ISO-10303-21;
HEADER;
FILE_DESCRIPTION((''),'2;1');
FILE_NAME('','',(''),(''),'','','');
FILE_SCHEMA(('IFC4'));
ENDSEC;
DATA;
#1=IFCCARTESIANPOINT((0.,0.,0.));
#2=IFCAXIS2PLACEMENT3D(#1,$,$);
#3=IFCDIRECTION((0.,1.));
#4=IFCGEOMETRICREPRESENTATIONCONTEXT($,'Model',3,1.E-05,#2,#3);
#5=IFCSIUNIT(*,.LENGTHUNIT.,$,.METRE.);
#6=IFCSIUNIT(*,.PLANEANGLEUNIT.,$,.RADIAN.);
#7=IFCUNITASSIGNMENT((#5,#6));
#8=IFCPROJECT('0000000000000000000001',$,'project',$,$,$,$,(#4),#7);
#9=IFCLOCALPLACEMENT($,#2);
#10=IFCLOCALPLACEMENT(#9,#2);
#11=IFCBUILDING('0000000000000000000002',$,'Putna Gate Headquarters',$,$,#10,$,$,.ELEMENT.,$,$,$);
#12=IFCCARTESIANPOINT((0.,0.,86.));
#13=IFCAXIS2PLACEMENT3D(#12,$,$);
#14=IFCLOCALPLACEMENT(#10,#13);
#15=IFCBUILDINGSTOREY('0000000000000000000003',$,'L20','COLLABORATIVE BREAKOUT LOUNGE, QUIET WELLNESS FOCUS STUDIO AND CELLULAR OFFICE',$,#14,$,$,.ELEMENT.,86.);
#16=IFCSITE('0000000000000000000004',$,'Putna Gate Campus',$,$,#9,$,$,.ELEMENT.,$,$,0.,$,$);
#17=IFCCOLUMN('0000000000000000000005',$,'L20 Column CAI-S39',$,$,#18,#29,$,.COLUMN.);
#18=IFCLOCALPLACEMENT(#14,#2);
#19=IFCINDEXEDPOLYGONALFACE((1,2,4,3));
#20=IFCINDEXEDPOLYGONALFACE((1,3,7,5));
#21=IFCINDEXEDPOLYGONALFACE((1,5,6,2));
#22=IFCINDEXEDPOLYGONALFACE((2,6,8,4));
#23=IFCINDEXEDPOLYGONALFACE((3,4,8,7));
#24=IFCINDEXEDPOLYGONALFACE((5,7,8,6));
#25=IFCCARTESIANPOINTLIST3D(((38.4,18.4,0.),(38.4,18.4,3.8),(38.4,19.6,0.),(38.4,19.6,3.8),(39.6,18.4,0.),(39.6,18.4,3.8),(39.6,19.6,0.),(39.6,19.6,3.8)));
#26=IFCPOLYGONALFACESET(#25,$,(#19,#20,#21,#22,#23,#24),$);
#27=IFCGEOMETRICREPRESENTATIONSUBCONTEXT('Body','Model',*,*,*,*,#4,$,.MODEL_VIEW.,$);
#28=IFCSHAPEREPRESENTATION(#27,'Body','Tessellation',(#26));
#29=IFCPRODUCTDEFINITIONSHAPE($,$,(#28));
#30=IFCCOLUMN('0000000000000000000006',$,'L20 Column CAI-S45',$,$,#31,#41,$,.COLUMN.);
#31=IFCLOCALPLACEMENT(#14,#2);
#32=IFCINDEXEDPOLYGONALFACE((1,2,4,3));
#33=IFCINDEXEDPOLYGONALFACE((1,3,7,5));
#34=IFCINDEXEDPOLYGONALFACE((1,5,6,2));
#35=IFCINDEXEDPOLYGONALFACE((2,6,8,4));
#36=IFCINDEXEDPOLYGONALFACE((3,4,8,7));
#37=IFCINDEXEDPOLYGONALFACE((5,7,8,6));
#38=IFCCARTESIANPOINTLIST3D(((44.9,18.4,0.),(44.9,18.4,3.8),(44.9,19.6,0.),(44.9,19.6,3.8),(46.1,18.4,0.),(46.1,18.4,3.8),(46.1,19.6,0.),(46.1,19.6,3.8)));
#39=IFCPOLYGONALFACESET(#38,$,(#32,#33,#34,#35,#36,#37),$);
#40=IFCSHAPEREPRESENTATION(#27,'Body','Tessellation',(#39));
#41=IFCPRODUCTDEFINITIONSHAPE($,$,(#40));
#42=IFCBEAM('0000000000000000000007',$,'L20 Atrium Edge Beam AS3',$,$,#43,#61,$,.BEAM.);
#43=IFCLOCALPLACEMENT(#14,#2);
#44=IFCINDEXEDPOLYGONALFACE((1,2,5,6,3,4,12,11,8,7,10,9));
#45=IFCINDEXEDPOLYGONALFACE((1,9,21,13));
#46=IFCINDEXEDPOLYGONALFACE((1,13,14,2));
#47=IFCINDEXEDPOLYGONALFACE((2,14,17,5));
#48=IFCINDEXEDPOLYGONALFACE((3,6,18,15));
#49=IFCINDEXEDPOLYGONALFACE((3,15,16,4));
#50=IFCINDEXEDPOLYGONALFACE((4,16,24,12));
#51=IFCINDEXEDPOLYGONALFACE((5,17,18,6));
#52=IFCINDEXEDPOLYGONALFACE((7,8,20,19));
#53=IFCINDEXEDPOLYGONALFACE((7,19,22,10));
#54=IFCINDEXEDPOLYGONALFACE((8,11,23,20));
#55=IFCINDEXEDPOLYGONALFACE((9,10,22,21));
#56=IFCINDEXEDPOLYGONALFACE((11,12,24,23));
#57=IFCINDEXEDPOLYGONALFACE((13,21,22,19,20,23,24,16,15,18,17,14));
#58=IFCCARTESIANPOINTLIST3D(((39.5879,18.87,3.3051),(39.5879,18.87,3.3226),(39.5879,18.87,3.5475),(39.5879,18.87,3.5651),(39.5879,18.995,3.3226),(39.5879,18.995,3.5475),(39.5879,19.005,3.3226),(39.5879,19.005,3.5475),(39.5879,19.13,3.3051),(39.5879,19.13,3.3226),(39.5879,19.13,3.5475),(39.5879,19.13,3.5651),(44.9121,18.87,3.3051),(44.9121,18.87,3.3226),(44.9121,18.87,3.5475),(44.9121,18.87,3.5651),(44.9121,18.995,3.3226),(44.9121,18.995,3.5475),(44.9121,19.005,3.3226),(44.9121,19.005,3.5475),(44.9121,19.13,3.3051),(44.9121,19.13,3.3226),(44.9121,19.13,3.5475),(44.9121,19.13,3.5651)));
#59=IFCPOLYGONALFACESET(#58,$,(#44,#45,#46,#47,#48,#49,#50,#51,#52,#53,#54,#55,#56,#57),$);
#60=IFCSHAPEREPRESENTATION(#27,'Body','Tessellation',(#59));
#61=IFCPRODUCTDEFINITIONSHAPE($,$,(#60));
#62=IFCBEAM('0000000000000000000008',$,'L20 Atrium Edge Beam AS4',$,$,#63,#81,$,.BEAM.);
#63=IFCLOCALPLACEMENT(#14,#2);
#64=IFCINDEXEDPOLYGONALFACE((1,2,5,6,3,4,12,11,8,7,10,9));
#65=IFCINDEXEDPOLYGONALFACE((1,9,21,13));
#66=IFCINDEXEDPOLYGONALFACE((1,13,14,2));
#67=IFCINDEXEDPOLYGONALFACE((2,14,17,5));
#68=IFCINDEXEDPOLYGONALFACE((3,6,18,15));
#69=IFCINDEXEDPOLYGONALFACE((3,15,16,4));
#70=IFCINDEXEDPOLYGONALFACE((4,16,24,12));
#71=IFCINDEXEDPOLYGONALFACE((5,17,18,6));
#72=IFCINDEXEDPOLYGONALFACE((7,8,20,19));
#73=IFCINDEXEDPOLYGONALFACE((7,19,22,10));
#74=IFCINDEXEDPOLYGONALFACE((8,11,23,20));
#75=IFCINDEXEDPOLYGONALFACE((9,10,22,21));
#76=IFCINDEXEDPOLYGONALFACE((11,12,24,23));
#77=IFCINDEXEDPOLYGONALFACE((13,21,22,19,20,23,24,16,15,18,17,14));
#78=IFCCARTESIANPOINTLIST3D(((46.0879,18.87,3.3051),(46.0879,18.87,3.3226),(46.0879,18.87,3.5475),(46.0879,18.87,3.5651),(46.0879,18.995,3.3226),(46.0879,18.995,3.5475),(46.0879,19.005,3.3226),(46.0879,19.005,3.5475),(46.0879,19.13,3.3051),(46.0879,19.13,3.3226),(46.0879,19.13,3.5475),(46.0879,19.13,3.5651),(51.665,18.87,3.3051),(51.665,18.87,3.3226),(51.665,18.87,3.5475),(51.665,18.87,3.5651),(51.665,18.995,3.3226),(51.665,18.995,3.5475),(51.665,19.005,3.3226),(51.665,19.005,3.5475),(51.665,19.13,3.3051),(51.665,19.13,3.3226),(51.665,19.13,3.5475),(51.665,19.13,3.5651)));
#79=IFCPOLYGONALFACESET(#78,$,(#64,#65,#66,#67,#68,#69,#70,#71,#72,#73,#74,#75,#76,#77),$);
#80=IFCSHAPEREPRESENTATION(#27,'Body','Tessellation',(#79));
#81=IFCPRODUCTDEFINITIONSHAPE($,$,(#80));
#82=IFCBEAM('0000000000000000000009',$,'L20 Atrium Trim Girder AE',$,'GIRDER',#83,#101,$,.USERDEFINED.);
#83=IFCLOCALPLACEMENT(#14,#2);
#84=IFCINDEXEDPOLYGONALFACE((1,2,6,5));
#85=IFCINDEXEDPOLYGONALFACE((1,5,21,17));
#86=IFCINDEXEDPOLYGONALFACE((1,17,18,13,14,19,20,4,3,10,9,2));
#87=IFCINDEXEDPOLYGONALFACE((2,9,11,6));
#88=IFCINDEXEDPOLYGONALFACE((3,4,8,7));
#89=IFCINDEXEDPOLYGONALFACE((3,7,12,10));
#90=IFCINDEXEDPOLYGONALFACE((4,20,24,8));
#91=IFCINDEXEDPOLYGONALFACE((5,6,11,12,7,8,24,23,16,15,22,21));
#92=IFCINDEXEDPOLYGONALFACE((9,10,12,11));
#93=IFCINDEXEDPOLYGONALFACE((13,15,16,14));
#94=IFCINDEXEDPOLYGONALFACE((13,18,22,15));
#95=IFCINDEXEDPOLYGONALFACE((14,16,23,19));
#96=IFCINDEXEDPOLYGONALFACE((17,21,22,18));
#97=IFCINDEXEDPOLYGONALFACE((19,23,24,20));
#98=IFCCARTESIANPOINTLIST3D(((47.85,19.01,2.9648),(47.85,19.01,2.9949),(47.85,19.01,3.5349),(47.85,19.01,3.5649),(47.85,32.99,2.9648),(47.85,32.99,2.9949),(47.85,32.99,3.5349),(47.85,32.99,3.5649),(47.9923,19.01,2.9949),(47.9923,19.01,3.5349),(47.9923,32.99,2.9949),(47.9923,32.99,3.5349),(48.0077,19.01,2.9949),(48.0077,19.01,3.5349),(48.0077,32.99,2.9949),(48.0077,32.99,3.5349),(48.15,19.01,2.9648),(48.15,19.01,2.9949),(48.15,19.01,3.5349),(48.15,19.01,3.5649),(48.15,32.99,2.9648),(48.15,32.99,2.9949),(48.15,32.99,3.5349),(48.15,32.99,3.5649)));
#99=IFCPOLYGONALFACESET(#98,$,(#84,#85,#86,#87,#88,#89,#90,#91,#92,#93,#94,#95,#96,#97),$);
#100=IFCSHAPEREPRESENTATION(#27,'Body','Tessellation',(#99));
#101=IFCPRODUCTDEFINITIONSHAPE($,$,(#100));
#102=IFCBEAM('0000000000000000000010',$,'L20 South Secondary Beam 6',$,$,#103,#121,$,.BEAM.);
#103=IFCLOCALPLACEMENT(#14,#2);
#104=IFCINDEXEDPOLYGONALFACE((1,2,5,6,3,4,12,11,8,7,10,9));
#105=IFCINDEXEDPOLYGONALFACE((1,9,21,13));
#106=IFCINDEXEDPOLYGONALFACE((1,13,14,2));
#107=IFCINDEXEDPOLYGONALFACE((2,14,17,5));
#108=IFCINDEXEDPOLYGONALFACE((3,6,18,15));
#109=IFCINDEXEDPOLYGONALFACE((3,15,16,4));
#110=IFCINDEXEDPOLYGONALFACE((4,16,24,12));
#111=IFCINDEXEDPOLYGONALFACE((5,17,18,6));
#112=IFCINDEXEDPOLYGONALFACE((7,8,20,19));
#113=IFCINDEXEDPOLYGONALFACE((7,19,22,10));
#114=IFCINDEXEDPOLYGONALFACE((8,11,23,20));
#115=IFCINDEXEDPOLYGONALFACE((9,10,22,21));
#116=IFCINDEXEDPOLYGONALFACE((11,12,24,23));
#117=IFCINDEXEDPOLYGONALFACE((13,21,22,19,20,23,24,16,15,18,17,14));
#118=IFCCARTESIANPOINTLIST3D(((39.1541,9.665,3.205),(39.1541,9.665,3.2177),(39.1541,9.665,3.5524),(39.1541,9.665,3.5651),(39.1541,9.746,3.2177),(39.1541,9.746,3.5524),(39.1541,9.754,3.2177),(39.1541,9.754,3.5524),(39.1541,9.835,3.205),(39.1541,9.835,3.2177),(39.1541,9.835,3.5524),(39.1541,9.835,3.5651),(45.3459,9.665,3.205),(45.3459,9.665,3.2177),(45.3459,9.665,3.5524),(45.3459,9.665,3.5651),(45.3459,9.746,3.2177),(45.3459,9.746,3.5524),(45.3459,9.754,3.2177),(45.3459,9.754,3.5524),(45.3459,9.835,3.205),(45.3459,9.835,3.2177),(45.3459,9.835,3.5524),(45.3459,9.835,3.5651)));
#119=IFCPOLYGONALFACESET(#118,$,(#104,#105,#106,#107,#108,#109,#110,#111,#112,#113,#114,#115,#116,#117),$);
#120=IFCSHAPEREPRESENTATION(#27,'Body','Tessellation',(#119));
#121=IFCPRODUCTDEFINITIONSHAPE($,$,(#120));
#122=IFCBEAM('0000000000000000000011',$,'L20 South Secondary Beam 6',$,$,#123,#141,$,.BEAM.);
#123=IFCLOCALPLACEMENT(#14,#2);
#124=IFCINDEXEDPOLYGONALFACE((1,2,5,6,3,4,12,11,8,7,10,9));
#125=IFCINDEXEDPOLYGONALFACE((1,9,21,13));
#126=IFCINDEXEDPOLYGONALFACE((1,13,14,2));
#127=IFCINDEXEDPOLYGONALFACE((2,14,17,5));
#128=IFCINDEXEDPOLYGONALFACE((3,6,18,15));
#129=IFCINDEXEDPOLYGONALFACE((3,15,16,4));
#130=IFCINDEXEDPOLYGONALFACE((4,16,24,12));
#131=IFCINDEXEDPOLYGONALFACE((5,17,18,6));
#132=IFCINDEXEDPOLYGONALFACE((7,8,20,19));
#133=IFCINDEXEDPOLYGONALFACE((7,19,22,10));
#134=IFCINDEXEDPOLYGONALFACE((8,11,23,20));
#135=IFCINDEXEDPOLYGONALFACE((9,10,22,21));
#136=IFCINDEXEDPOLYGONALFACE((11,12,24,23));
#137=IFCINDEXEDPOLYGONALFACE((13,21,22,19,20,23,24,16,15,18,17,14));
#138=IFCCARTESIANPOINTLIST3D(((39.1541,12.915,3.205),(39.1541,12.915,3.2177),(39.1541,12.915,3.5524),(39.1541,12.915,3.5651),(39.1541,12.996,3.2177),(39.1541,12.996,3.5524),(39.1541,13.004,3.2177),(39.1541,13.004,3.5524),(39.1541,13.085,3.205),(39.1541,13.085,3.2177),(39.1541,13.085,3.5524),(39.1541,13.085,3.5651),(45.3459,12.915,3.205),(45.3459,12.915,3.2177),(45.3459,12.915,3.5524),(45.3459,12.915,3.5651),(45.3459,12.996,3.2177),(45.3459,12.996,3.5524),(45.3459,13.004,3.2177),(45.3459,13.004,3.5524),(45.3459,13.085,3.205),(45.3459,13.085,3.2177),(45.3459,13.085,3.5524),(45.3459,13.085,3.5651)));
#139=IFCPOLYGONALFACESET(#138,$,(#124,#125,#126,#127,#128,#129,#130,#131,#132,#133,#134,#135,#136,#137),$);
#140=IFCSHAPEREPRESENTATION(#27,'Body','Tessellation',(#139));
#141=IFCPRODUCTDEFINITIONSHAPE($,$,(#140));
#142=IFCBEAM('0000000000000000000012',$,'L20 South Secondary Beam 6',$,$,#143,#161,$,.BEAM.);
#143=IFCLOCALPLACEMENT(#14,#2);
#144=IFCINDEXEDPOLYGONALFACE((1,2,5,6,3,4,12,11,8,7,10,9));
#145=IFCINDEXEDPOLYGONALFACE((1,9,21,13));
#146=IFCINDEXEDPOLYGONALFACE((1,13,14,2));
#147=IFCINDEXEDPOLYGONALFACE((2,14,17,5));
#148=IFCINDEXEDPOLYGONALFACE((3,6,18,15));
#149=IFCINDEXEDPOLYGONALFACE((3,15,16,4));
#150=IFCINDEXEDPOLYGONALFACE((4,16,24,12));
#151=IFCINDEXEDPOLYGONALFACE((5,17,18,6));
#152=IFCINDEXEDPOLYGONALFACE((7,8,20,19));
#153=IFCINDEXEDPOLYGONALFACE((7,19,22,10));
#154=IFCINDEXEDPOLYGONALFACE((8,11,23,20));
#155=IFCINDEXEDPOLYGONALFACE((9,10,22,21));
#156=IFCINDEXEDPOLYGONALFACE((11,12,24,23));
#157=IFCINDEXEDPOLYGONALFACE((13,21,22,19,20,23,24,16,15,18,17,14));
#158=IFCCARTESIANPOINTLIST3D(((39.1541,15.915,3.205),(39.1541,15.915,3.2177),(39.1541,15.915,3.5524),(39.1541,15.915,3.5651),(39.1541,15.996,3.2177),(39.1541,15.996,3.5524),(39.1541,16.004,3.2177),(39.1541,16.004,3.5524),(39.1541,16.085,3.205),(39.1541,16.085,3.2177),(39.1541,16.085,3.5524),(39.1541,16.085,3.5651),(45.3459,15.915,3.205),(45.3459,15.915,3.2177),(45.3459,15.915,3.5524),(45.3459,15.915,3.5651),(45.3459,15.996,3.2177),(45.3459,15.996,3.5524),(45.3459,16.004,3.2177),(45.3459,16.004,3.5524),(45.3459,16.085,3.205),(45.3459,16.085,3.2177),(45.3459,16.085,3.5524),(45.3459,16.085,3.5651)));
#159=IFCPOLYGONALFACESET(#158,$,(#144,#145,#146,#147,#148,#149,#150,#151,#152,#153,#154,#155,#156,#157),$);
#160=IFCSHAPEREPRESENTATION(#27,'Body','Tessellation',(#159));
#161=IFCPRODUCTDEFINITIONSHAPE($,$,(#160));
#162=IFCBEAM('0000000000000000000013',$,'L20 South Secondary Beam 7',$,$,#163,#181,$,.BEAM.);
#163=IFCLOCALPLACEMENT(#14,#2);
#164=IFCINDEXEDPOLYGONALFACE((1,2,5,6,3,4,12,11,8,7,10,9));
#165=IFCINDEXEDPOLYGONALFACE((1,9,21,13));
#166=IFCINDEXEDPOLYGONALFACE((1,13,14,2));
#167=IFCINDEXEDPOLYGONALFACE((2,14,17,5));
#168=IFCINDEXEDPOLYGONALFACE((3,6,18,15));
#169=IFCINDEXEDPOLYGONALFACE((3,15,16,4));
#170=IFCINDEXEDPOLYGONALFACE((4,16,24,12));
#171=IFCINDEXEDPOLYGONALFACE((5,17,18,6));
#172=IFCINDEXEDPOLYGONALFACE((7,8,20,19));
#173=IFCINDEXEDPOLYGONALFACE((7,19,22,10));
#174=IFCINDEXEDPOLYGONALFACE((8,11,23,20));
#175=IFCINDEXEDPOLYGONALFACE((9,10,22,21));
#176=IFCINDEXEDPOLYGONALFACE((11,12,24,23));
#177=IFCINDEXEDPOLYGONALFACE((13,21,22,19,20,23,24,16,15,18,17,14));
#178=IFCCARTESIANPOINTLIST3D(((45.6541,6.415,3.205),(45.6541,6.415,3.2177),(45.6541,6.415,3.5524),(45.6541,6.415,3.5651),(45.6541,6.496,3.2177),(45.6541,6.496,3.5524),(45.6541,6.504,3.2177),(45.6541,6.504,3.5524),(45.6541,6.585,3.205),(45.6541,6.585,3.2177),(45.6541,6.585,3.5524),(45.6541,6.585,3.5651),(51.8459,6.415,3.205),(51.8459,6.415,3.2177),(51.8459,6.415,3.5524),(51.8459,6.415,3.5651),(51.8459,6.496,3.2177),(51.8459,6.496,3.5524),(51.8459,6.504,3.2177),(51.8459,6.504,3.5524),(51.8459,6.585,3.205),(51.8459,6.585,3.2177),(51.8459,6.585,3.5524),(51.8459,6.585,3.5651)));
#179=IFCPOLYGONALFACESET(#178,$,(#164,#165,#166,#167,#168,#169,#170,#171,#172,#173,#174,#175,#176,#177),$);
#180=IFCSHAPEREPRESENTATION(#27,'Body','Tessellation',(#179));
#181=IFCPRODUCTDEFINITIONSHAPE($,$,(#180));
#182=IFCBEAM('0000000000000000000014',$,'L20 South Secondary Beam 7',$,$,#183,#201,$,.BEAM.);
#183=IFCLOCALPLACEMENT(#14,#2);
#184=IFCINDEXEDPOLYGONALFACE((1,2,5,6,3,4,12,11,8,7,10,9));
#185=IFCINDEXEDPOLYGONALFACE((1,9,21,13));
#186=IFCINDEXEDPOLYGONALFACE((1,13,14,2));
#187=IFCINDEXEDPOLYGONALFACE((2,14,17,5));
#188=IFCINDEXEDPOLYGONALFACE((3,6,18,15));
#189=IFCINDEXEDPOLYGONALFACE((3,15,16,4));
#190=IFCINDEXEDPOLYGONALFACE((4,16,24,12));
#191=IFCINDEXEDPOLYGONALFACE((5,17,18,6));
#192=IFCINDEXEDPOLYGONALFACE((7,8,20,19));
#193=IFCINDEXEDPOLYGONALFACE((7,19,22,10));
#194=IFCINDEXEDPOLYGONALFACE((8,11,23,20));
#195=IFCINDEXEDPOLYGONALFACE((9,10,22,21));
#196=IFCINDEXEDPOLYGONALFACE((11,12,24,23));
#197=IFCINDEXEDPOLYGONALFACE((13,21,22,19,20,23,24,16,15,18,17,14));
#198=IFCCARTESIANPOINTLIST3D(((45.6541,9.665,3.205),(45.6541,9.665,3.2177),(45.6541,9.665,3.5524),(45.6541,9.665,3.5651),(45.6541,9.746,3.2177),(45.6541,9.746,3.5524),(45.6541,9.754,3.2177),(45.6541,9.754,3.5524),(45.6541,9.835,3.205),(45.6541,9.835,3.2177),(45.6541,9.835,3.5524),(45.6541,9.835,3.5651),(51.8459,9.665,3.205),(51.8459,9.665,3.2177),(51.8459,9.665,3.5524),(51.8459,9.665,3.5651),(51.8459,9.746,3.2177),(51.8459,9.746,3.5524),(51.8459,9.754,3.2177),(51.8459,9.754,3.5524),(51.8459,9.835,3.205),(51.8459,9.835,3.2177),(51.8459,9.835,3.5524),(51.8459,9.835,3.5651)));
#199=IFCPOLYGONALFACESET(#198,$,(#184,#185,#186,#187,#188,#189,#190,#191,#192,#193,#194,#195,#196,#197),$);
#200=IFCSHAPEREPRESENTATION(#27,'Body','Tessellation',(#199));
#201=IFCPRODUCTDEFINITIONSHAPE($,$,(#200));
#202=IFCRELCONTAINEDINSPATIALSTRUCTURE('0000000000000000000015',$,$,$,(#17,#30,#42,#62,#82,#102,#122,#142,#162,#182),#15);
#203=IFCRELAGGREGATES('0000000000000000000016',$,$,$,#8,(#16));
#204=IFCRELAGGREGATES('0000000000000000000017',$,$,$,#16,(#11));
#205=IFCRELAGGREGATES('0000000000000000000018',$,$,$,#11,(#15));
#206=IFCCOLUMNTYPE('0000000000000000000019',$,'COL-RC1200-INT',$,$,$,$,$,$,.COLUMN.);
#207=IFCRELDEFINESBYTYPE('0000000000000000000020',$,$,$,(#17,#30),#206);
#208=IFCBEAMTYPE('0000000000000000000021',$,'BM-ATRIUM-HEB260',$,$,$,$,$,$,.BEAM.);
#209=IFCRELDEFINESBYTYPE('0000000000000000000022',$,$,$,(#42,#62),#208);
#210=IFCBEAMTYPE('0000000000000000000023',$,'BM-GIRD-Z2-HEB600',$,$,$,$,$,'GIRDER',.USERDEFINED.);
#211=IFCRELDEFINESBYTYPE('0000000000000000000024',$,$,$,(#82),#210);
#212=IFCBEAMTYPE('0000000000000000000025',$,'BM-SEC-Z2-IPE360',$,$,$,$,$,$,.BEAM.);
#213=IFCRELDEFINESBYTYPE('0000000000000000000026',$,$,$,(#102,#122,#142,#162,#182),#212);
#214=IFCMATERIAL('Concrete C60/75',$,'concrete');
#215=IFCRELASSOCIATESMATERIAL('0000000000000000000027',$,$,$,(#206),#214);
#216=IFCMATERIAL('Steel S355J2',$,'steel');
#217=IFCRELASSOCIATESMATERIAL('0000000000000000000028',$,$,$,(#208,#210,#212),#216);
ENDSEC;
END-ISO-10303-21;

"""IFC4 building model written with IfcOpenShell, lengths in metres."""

from ifc_helpers import new_model, si_unit, direction, frame, origin, origin_2d, place, context, subcontext, project, spatial, rectangle, i_section, extrude, material, material_profile, profile_set, type_object, element, save


model = new_model("IFC4")

# Units and contexts
model_context = context("Model", 3, precision=1e-05, world=origin(), true_north=direction((0.0, 1.0)))
body_context = subcontext(model_context, "Body", "Model", "MODEL_VIEW")
ifc_project = project(units=[si_unit("LENGTHUNIT", "METRE"), si_unit("PLANEANGLEUNIT", "RADIAN")], contexts=[model_context])

# Site, building, storey
site_placement = place(None, origin())
site = spatial("IfcSite", under=ifc_project, at=site_placement, Name="Putna Gate Campus", CompositionType="ELEMENT", RefElevation=0.0)
building_placement = place(site_placement, origin())
building = spatial("IfcBuilding", under=site, at=building_placement, Name="Putna Gate Headquarters", CompositionType="ELEMENT")
storey_placement = place(building_placement, frame((0.0, 0.0, 86.0)))
storey = spatial("IfcBuildingStorey", under=building, at=storey_placement, Name="L20", Description="COLLABORATIVE BREAKOUT LOUNGE, QUIET WELLNESS FOCUS STUDIO AND CELLULAR OFFICE", CompositionType="ELEMENT", Elevation=86.0)

# Columns
ifc_material_1 = material(Name="Concrete C60/75", Category="concrete")
ifc_material_profile_1 = material_profile(ifc_material_1, rectangle(XDim=1.2, YDim=1.2, at=origin_2d()), Name="Concrete C60/75")
ifc_profile_set_1 = profile_set([ifc_material_profile_1], Name="Concrete C60/75")
column_type = type_object("IfcColumnType", Name="COL-RC1200-INT", PredefinedType="COLUMN", material=ifc_profile_set_1)
for number, where, z_axis, x_axis, name in (
    (1, (39.0, 19.0, 0.0), (0.0, 0.0, 1.0), (1.0, 0.0, 0.0), "L20 Column CAI-S39"),
    (2, (45.5, 19.0, 0.0), (0.0, 0.0, 1.0), (1.0, 0.0, 0.0), "L20 Column CAI-S45"),
):
    element("IfcColumn", number, at=place(storey_placement, frame(where, z_axis=z_axis, x_axis=x_axis)), inside=storey, type_object=column_type, Name=name, PredefinedType="COLUMN", context=body_context, shape_type="SweptSolid", body=[
        extrude(rectangle(XDim=1.2, YDim=1.2, at=origin_2d()), origin(), (0.0, 0.0, 1.0), 3.8),
    ])

# Beams
ifc_material_2 = material(Name="Steel S355J2", Category="steel")
ifc_material_profile_2 = material_profile(ifc_material_2, i_section(OverallWidth=0.26, OverallDepth=0.26, WebThickness=0.01, FlangeThickness=0.0176, at=origin_2d()), Name="Steel S355J2")
ifc_profile_set_2 = profile_set([ifc_material_profile_2], Name="Steel S355J2")
beam_type_1 = type_object("IfcBeamType", Name="BM-ATRIUM-HEB260", PredefinedType="BEAM", material=ifc_profile_set_2)
beam_1_placement = place(storey_placement, frame((39.5879, 19.0, 3.4351), z_axis=(1.0, 0.0, 0.0), x_axis=(0.0, 1.0, 0.0)))
element("IfcBeam", 3, at=beam_1_placement, inside=storey, type_object=beam_type_1, Name="L20 Atrium Edge Beam AS3", PredefinedType="BEAM", context=body_context, shape_type="SweptSolid", body=[
    extrude(i_section(OverallWidth=0.26, OverallDepth=0.26, WebThickness=0.01, FlangeThickness=0.0176, at=origin_2d()), origin(), (0.0, 0.0, 1.0), 5.3242),
])
beam_2_placement = place(storey_placement, frame((46.0879, 19.0, 3.4351), z_axis=(1.0, 0.0, 0.0), x_axis=(0.0, 1.0, 0.0)))
element("IfcBeam", 4, at=beam_2_placement, inside=storey, type_object=beam_type_1, Name="L20 Atrium Edge Beam AS4", PredefinedType="BEAM", context=body_context, shape_type="SweptSolid", body=[
    extrude(i_section(OverallWidth=0.26, OverallDepth=0.26, WebThickness=0.01, FlangeThickness=0.0176, at=origin_2d()), origin(), (0.0, 0.0, 1.0), 5.5771),
])
ifc_material_profile_3 = material_profile(ifc_material_2, i_section(OverallWidth=0.3, OverallDepth=0.6001, WebThickness=0.0154, FlangeThickness=0.03, at=origin_2d()), Name="Steel S355J2")
ifc_profile_set_3 = profile_set([ifc_material_profile_3], Name="Steel S355J2")
beam_type_2 = type_object("IfcBeamType", Name="BM-GIRD-Z2-HEB600", ElementType="GIRDER", PredefinedType="USERDEFINED", material=ifc_profile_set_3)
beam_3_placement = place(storey_placement, frame((48.0, 19.01, 3.2649), z_axis=(0.0, 1.0, 0.0), x_axis=(-1.0, 0.0, 0.0)))
element("IfcBeam", 5, at=beam_3_placement, inside=storey, type_object=beam_type_2, Name="L20 Atrium Trim Girder AE", ObjectType="GIRDER", PredefinedType="USERDEFINED", context=body_context, shape_type="SweptSolid", body=[
    extrude(i_section(OverallWidth=0.3, OverallDepth=0.6001, WebThickness=0.0154, FlangeThickness=0.03, at=origin_2d()), origin(), (0.0, 0.0, 1.0), 13.98),
])
ifc_material_profile_4 = material_profile(ifc_material_2, i_section(OverallWidth=0.1699, OverallDepth=0.3601, WebThickness=0.0081, FlangeThickness=0.0127, at=origin_2d()), Name="Steel S355J2")
ifc_profile_set_4 = profile_set([ifc_material_profile_4], Name="Steel S355J2")
beam_type_3 = type_object("IfcBeamType", Name="BM-SEC-Z2-IPE360", PredefinedType="BEAM", material=ifc_profile_set_4)
for number, where, z_axis, x_axis, name in (
    (6, (39.1541, 9.75, 3.385), (1.0, 0.0, 0.0), (0.0, 1.0, 0.0), "L20 South Secondary Beam 6"),
    (7, (39.1541, 13.0, 3.385), (1.0, 0.0, 0.0), (0.0, 1.0, 0.0), "L20 South Secondary Beam 6"),
    (8, (39.1541, 16.0, 3.385), (1.0, 0.0, 0.0), (0.0, 1.0, 0.0), "L20 South Secondary Beam 6"),
    (9, (45.6541, 6.5, 3.385), (1.0, 0.0, 0.0), (0.0, 1.0, 0.0), "L20 South Secondary Beam 7"),
    (10, (45.6541, 9.75, 3.385), (1.0, 0.0, 0.0), (0.0, 1.0, 0.0), "L20 South Secondary Beam 7"),
):
    element("IfcBeam", number, at=place(storey_placement, frame(where, z_axis=z_axis, x_axis=x_axis)), inside=storey, type_object=beam_type_3, Name=name, PredefinedType="BEAM", context=body_context, shape_type="SweptSolid", body=[
        extrude(i_section(OverallWidth=0.1699, OverallDepth=0.3601, WebThickness=0.0081, FlangeThickness=0.0127, at=origin_2d()), origin(), (0.0, 0.0, 1.0), 6.1919),
    ])

save(model, "model.ifc")
